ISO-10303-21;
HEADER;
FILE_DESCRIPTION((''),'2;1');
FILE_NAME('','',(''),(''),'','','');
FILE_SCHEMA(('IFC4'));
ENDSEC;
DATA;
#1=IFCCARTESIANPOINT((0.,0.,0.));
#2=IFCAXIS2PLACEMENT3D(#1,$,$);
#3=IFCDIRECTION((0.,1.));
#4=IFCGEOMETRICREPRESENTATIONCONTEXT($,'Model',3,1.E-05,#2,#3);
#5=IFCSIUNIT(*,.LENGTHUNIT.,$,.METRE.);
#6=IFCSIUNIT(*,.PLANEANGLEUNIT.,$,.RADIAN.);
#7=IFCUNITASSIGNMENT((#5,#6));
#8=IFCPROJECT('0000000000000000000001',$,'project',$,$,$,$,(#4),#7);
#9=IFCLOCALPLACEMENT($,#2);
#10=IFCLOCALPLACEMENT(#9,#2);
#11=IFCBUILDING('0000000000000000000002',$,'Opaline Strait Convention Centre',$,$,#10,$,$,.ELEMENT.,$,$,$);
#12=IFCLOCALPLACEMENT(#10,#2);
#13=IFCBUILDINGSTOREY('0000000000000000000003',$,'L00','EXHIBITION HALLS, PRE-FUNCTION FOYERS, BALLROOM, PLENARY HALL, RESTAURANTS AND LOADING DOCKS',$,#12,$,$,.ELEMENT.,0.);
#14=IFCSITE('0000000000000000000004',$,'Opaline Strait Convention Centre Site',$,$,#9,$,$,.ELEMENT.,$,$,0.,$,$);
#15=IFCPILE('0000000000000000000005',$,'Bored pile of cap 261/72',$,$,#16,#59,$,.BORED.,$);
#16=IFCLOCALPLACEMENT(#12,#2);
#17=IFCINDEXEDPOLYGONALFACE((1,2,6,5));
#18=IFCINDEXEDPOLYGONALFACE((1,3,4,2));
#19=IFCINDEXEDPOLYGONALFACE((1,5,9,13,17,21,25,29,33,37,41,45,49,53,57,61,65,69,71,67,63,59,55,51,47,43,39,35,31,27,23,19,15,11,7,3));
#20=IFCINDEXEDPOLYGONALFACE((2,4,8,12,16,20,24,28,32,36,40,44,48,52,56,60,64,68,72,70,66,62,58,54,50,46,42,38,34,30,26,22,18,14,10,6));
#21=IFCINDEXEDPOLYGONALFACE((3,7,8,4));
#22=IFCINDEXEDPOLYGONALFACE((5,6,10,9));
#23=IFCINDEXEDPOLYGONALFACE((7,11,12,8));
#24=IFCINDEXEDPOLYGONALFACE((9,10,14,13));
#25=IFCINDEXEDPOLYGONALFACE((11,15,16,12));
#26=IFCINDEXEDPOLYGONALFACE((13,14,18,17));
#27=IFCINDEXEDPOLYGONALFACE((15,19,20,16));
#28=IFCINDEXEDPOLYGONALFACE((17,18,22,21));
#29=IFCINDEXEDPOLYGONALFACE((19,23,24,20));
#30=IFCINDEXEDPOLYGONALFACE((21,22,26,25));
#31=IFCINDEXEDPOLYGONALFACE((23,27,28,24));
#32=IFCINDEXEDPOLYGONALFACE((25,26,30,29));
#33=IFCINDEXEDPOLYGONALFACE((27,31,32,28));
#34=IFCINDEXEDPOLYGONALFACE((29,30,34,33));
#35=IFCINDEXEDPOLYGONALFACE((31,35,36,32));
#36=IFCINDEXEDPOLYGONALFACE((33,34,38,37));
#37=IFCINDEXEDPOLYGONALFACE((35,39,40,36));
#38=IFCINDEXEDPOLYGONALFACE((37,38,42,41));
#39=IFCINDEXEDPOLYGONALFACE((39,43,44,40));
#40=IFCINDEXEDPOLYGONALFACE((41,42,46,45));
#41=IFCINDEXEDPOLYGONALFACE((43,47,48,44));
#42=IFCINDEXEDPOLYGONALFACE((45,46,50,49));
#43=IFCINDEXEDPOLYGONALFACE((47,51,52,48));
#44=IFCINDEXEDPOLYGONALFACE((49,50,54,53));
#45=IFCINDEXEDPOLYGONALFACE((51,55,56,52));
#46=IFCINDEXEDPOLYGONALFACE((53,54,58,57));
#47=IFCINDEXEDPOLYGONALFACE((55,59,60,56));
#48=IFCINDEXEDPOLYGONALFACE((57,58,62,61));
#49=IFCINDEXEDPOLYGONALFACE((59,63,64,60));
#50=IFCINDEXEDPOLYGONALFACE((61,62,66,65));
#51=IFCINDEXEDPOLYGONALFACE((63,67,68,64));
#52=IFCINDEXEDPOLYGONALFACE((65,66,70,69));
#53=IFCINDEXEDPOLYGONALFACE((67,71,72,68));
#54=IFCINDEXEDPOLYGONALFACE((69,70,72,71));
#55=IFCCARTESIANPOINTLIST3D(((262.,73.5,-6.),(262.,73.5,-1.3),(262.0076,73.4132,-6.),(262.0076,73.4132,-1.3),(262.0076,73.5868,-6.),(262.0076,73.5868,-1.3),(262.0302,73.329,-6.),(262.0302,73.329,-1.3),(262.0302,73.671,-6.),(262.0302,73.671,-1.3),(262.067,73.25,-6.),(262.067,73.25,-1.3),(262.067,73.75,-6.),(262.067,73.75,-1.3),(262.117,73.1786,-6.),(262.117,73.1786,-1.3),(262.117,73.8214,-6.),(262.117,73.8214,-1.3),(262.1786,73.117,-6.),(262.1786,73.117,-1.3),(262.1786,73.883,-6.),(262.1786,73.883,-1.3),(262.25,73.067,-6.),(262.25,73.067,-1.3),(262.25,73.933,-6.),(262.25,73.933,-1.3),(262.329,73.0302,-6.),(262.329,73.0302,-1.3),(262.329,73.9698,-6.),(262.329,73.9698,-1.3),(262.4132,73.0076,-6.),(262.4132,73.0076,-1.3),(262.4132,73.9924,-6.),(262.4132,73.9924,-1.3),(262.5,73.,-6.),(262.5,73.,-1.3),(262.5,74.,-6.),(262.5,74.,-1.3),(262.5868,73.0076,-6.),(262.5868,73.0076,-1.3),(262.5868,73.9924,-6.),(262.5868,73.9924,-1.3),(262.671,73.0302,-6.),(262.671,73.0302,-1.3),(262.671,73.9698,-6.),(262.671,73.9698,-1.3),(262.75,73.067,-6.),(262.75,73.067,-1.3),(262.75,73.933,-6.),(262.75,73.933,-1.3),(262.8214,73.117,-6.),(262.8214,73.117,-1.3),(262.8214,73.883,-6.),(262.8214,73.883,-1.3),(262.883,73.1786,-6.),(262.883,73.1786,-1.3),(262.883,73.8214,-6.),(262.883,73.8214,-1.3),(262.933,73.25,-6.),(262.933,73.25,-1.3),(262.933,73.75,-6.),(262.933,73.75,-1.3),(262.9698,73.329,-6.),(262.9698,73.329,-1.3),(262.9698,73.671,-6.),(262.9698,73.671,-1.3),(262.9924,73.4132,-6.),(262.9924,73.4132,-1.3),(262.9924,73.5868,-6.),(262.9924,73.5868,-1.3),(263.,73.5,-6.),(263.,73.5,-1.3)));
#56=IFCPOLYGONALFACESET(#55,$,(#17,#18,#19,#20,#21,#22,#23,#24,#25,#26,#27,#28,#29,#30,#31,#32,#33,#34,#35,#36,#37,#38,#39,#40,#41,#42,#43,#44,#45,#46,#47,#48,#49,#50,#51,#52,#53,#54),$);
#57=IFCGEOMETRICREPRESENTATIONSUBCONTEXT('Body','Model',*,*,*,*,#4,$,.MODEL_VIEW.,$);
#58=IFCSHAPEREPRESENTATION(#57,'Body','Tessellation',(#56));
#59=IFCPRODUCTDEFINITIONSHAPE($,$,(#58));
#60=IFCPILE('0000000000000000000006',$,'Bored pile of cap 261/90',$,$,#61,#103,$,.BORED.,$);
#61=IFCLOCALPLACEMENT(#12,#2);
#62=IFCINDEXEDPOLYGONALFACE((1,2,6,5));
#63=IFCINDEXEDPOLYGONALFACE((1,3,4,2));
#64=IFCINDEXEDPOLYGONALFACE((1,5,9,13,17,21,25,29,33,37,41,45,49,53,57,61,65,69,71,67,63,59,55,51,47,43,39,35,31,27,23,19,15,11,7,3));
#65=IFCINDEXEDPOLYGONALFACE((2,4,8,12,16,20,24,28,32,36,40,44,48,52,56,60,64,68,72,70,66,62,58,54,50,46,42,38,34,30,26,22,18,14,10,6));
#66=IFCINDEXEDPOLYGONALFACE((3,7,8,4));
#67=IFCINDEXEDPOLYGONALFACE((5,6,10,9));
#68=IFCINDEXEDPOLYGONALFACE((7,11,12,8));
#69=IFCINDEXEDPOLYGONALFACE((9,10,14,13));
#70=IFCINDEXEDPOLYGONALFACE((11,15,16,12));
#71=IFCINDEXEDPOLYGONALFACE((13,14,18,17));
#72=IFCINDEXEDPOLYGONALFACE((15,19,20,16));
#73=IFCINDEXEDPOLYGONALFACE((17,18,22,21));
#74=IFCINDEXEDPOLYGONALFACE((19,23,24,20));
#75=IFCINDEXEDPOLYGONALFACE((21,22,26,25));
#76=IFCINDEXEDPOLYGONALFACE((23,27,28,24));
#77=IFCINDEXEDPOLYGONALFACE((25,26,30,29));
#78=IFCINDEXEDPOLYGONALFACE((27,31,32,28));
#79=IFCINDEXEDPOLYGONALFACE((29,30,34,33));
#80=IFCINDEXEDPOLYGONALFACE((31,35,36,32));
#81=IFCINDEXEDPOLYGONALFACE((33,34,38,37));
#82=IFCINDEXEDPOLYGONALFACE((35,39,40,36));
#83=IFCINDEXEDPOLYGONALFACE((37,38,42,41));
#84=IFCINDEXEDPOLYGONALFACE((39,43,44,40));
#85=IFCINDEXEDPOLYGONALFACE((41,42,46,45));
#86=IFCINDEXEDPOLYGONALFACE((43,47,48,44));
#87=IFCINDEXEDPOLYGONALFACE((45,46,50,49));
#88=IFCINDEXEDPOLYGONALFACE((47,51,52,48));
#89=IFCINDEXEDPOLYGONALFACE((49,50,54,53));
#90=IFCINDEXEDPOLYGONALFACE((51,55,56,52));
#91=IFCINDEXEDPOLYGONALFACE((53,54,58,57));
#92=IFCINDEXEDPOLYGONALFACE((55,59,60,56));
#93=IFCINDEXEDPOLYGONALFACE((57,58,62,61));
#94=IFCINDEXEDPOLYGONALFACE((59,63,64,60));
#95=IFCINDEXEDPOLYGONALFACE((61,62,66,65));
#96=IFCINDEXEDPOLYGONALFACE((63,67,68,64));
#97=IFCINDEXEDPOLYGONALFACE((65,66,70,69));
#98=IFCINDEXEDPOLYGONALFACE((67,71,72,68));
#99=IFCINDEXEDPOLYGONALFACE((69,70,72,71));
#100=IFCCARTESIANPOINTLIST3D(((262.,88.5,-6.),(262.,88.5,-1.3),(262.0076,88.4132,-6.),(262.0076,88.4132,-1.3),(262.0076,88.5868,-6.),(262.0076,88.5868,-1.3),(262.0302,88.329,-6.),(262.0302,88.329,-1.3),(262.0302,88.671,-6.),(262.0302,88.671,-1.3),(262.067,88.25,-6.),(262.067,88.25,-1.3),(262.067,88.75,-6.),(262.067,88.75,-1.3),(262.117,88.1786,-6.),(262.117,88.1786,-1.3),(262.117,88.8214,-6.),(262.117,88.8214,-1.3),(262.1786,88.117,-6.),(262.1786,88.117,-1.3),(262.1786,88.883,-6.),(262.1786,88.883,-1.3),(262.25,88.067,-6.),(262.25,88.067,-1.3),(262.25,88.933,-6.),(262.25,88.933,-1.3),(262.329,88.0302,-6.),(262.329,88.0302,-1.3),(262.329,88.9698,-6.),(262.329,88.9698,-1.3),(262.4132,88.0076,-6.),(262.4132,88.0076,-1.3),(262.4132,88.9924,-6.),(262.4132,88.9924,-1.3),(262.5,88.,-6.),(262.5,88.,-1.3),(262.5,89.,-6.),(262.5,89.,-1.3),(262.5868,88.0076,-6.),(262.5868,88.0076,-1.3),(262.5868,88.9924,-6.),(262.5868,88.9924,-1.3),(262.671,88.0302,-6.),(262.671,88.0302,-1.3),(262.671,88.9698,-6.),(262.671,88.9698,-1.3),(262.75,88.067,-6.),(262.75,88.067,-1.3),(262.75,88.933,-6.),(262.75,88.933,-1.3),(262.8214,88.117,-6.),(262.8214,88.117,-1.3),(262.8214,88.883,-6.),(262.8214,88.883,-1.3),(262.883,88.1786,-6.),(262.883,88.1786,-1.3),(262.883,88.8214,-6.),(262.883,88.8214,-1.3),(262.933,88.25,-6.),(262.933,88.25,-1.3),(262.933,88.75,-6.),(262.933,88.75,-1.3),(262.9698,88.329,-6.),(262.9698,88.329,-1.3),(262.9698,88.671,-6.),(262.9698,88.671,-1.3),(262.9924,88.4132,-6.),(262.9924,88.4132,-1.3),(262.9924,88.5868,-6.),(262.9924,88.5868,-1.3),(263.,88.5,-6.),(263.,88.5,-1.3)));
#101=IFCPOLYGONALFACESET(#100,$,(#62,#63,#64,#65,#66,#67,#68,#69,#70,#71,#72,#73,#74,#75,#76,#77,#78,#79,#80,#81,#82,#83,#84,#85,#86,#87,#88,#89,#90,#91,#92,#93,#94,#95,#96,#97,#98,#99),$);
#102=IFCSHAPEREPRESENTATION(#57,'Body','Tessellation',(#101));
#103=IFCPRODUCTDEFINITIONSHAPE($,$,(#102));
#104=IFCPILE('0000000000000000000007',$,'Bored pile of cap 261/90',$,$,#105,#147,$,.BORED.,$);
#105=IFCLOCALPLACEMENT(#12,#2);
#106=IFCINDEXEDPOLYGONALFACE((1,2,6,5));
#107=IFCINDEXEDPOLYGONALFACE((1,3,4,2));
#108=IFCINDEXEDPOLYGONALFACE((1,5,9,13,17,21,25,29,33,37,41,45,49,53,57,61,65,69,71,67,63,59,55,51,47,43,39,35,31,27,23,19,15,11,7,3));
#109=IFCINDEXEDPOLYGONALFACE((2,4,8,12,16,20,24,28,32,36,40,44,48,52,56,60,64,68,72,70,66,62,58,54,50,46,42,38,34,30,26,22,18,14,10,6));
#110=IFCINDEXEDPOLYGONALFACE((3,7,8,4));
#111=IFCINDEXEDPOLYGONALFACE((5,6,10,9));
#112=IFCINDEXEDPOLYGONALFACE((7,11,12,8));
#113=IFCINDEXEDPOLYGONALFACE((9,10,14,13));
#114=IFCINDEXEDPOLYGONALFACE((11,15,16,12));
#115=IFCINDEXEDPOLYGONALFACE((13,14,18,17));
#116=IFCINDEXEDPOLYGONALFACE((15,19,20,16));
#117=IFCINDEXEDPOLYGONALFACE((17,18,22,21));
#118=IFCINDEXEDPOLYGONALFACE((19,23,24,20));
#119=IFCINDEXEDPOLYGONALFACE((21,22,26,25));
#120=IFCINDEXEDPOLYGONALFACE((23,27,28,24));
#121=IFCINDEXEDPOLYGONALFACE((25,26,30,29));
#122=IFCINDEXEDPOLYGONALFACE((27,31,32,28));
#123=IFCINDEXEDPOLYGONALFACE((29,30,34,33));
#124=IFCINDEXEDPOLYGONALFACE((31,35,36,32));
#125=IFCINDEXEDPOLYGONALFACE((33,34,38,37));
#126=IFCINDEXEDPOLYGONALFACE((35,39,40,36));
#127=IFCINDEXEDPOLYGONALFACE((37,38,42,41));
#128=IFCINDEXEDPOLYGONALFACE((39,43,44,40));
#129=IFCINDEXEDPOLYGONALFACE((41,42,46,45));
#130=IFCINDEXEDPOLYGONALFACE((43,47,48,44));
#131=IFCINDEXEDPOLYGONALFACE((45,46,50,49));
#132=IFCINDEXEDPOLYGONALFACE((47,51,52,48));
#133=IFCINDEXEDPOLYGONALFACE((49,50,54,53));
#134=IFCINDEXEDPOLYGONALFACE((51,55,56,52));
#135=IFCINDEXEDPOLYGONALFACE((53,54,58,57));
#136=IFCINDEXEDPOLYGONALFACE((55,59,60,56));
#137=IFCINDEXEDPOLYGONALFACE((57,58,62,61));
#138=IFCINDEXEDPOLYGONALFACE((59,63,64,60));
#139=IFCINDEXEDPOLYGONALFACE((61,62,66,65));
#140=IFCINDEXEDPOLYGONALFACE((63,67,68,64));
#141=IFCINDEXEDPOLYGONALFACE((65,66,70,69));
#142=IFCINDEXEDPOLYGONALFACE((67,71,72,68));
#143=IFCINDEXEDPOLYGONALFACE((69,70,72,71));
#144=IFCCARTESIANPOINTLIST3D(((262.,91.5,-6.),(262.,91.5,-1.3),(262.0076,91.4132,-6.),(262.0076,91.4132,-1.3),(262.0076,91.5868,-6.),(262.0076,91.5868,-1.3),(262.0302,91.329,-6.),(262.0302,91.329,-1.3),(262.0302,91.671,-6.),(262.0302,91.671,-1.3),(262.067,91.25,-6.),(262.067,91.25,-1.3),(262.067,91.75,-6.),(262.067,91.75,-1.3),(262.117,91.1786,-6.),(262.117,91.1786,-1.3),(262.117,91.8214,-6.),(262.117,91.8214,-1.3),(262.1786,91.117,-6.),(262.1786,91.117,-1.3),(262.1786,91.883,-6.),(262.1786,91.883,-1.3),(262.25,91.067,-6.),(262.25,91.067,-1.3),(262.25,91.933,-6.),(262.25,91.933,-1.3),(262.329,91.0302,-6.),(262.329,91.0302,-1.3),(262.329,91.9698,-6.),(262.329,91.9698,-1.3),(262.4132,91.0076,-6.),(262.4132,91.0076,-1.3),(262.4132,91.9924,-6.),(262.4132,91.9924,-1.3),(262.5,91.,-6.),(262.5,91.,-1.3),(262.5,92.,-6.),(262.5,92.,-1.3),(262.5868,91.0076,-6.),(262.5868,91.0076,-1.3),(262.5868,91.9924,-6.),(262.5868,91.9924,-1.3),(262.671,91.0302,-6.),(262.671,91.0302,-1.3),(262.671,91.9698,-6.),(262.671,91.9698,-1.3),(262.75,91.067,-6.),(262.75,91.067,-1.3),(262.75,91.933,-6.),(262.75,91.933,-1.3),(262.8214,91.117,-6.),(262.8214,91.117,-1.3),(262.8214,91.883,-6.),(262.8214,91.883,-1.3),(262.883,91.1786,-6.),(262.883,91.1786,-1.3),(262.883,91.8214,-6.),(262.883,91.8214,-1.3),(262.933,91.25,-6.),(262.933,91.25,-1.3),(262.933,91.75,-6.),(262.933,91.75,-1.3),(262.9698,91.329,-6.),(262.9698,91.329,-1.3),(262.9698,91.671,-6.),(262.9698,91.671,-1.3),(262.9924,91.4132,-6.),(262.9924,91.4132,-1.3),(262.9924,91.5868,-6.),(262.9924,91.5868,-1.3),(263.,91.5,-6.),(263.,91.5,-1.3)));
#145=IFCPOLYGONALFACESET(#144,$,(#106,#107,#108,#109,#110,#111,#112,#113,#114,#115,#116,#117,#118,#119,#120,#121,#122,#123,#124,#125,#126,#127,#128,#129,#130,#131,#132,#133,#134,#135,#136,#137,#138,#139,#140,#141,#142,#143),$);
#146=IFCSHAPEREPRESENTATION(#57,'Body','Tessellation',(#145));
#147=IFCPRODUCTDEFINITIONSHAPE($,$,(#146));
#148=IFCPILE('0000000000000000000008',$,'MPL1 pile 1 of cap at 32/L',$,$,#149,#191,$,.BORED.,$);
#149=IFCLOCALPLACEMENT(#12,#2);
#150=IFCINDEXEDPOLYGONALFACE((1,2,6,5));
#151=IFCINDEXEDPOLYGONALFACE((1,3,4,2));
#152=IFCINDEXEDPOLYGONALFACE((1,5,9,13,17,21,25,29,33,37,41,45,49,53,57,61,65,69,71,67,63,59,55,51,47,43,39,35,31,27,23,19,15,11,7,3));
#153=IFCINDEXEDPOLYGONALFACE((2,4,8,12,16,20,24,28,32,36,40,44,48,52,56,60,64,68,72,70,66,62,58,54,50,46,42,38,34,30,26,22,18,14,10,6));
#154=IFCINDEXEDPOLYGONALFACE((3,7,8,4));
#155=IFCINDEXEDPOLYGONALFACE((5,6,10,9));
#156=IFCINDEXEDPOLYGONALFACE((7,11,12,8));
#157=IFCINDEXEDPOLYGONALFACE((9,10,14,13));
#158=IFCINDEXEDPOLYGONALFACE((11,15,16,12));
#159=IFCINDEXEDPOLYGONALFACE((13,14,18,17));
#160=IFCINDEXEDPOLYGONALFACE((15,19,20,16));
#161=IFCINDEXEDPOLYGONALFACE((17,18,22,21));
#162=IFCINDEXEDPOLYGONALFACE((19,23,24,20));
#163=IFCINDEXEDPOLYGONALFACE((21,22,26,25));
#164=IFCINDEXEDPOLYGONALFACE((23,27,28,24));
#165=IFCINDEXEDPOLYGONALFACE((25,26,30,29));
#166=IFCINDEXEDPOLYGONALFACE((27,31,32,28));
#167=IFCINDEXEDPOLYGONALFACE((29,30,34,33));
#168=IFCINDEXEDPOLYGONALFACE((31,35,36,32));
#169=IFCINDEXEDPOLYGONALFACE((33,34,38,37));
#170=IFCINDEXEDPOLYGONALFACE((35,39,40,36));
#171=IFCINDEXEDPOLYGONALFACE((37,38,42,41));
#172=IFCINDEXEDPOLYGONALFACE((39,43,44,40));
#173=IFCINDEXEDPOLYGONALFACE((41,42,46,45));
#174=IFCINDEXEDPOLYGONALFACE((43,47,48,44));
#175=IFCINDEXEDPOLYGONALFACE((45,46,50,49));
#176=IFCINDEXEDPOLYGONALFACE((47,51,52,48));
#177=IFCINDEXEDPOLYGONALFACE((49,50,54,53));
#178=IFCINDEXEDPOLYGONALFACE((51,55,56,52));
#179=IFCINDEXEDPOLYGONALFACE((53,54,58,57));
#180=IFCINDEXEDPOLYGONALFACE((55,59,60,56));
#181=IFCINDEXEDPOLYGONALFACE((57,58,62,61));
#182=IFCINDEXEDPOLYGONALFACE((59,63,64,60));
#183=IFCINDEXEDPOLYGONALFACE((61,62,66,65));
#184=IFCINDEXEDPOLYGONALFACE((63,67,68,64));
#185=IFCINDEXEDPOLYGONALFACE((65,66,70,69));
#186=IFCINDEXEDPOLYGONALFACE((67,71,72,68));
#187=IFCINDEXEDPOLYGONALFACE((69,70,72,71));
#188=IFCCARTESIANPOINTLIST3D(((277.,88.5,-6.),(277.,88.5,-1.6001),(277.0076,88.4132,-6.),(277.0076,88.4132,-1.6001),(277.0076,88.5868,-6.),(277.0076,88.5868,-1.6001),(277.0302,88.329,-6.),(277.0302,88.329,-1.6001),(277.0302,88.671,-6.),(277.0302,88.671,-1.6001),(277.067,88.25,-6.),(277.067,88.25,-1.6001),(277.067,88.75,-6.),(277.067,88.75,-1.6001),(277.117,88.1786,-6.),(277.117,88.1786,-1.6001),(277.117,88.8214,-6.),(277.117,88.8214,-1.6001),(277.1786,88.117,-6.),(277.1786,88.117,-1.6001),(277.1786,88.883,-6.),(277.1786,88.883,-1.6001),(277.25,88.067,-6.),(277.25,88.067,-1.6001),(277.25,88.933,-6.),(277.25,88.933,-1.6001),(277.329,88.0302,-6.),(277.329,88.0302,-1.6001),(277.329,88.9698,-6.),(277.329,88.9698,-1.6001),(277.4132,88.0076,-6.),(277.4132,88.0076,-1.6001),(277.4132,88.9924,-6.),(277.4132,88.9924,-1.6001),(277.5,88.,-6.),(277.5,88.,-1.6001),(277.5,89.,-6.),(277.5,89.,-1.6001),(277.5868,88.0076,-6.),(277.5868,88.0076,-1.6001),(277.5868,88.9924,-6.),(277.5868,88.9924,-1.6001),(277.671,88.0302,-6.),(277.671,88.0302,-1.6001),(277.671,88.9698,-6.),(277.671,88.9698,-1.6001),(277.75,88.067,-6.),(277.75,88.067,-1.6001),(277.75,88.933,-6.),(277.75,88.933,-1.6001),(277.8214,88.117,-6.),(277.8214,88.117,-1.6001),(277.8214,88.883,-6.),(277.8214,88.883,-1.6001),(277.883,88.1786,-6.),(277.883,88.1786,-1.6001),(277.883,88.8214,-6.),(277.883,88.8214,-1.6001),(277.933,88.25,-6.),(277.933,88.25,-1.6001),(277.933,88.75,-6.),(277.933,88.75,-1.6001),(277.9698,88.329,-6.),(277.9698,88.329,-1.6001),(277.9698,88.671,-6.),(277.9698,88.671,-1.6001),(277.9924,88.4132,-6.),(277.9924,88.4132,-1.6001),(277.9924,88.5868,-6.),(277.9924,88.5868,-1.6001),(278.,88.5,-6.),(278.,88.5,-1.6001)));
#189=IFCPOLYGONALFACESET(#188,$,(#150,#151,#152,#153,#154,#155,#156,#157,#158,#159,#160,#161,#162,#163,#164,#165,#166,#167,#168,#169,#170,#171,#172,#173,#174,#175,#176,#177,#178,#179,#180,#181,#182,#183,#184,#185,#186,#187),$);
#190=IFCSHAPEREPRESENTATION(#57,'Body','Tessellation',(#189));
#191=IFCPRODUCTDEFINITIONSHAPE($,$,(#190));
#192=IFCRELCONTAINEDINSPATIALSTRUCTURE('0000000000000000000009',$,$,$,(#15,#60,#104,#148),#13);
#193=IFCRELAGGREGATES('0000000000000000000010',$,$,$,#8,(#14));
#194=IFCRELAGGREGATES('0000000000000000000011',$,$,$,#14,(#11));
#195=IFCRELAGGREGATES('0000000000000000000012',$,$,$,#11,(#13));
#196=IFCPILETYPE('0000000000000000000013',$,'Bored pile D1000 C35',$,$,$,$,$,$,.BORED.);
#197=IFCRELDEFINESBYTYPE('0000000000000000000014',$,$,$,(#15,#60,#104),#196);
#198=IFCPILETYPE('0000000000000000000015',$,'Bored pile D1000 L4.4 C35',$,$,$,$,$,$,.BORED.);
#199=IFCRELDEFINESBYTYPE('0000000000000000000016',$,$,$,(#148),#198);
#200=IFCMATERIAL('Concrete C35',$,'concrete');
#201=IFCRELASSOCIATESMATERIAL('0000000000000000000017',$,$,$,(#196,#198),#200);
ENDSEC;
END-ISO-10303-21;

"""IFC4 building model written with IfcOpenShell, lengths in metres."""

from ifc_helpers import new_model, si_unit, direction, frame, origin, origin_2d, place, context, subcontext, project, spatial, circle, extrude, material, material_profile, profile_set, type_object, element, save


model = new_model("IFC4")

# Units and contexts
model_context = context("Model", 3, precision=1e-05, world=origin(), true_north=direction((0.0, 1.0)))
body_context = subcontext(model_context, "Body", "Model", "MODEL_VIEW")
ifc_project = project(units=[si_unit("LENGTHUNIT", "METRE"), si_unit("PLANEANGLEUNIT", "RADIAN")], contexts=[model_context])

# Site, building, storey
site_placement = place(None, origin())
site = spatial("IfcSite", under=ifc_project, at=site_placement, Name="Opaline Strait Convention Centre Site", CompositionType="ELEMENT", RefElevation=0.0)
building_placement = place(site_placement, origin())
building = spatial("IfcBuilding", under=site, at=building_placement, Name="Opaline Strait Convention Centre", CompositionType="ELEMENT")
storey_placement = place(building_placement, origin())
storey = spatial("IfcBuildingStorey", under=building, at=storey_placement, Name="L00", Description="EXHIBITION HALLS, PRE-FUNCTION FOYERS, BALLROOM, PLENARY HALL, RESTAURANTS AND LOADING DOCKS", CompositionType="ELEMENT", Elevation=0.0)

# Piles
ifc_material_1 = material(Name="Concrete C35", Category="concrete")
ifc_material_profile_1 = material_profile(ifc_material_1, circle(Radius=0.5, at=origin_2d()), Name="D1000")
ifc_profile_set_1 = profile_set([ifc_material_profile_1], Name="Concrete C35")
pile_type_1 = type_object("IfcPileType", Name="Bored pile D1000 C35", PredefinedType="BORED", material=ifc_profile_set_1)
for number, where, z_axis, x_axis, name in (
    (1, (262.5, 73.5, -1.3), (0.0, 0.0, -1.0), (1.0, 0.0, 0.0), "Bored pile of cap 261/72"),
    (2, (262.5, 88.5, -1.3), (0.0, 0.0, -1.0), (1.0, 0.0, 0.0), "Bored pile of cap 261/90"),
    (3, (262.5, 91.5, -1.3), (0.0, 0.0, -1.0), (1.0, 0.0, 0.0), "Bored pile of cap 261/90"),
):
    element("IfcPile", number, at=place(storey_placement, frame(where, z_axis=z_axis, x_axis=x_axis)), inside=storey, type_object=pile_type_1, Name=name, PredefinedType="BORED", context=body_context, shape_type="SweptSolid", body=[
        extrude(circle(Radius=0.5, at=origin_2d()), origin(), (0.0, 0.0, 1.0), 4.7),
    ])
ifc_material_profile_2 = material_profile(ifc_material_1, circle(Radius=0.5, at=origin_2d()), Name="D1000")
ifc_profile_set_2 = profile_set([ifc_material_profile_2], Name="Concrete C35")
pile_type_2 = type_object("IfcPileType", Name="Bored pile D1000 L4.4 C35", PredefinedType="BORED", material=ifc_profile_set_2)
for number, where, z_axis, x_axis, name in (
    (4, (277.5, 88.5, -1.6001), (0.0, 0.0, -1.0), (1.0, 0.0, 0.0), "MPL1 pile 1 of cap at 32/L"),
):
    element("IfcPile", number, at=place(storey_placement, frame(where, z_axis=z_axis, x_axis=x_axis)), inside=storey, type_object=pile_type_2, Name=name, PredefinedType="BORED", context=body_context, shape_type="SweptSolid", body=[
        extrude(circle(Radius=0.5, at=origin_2d()), origin(), (0.0, 0.0, 1.0), 4.3999),
    ])

save(model, "model.ifc")
